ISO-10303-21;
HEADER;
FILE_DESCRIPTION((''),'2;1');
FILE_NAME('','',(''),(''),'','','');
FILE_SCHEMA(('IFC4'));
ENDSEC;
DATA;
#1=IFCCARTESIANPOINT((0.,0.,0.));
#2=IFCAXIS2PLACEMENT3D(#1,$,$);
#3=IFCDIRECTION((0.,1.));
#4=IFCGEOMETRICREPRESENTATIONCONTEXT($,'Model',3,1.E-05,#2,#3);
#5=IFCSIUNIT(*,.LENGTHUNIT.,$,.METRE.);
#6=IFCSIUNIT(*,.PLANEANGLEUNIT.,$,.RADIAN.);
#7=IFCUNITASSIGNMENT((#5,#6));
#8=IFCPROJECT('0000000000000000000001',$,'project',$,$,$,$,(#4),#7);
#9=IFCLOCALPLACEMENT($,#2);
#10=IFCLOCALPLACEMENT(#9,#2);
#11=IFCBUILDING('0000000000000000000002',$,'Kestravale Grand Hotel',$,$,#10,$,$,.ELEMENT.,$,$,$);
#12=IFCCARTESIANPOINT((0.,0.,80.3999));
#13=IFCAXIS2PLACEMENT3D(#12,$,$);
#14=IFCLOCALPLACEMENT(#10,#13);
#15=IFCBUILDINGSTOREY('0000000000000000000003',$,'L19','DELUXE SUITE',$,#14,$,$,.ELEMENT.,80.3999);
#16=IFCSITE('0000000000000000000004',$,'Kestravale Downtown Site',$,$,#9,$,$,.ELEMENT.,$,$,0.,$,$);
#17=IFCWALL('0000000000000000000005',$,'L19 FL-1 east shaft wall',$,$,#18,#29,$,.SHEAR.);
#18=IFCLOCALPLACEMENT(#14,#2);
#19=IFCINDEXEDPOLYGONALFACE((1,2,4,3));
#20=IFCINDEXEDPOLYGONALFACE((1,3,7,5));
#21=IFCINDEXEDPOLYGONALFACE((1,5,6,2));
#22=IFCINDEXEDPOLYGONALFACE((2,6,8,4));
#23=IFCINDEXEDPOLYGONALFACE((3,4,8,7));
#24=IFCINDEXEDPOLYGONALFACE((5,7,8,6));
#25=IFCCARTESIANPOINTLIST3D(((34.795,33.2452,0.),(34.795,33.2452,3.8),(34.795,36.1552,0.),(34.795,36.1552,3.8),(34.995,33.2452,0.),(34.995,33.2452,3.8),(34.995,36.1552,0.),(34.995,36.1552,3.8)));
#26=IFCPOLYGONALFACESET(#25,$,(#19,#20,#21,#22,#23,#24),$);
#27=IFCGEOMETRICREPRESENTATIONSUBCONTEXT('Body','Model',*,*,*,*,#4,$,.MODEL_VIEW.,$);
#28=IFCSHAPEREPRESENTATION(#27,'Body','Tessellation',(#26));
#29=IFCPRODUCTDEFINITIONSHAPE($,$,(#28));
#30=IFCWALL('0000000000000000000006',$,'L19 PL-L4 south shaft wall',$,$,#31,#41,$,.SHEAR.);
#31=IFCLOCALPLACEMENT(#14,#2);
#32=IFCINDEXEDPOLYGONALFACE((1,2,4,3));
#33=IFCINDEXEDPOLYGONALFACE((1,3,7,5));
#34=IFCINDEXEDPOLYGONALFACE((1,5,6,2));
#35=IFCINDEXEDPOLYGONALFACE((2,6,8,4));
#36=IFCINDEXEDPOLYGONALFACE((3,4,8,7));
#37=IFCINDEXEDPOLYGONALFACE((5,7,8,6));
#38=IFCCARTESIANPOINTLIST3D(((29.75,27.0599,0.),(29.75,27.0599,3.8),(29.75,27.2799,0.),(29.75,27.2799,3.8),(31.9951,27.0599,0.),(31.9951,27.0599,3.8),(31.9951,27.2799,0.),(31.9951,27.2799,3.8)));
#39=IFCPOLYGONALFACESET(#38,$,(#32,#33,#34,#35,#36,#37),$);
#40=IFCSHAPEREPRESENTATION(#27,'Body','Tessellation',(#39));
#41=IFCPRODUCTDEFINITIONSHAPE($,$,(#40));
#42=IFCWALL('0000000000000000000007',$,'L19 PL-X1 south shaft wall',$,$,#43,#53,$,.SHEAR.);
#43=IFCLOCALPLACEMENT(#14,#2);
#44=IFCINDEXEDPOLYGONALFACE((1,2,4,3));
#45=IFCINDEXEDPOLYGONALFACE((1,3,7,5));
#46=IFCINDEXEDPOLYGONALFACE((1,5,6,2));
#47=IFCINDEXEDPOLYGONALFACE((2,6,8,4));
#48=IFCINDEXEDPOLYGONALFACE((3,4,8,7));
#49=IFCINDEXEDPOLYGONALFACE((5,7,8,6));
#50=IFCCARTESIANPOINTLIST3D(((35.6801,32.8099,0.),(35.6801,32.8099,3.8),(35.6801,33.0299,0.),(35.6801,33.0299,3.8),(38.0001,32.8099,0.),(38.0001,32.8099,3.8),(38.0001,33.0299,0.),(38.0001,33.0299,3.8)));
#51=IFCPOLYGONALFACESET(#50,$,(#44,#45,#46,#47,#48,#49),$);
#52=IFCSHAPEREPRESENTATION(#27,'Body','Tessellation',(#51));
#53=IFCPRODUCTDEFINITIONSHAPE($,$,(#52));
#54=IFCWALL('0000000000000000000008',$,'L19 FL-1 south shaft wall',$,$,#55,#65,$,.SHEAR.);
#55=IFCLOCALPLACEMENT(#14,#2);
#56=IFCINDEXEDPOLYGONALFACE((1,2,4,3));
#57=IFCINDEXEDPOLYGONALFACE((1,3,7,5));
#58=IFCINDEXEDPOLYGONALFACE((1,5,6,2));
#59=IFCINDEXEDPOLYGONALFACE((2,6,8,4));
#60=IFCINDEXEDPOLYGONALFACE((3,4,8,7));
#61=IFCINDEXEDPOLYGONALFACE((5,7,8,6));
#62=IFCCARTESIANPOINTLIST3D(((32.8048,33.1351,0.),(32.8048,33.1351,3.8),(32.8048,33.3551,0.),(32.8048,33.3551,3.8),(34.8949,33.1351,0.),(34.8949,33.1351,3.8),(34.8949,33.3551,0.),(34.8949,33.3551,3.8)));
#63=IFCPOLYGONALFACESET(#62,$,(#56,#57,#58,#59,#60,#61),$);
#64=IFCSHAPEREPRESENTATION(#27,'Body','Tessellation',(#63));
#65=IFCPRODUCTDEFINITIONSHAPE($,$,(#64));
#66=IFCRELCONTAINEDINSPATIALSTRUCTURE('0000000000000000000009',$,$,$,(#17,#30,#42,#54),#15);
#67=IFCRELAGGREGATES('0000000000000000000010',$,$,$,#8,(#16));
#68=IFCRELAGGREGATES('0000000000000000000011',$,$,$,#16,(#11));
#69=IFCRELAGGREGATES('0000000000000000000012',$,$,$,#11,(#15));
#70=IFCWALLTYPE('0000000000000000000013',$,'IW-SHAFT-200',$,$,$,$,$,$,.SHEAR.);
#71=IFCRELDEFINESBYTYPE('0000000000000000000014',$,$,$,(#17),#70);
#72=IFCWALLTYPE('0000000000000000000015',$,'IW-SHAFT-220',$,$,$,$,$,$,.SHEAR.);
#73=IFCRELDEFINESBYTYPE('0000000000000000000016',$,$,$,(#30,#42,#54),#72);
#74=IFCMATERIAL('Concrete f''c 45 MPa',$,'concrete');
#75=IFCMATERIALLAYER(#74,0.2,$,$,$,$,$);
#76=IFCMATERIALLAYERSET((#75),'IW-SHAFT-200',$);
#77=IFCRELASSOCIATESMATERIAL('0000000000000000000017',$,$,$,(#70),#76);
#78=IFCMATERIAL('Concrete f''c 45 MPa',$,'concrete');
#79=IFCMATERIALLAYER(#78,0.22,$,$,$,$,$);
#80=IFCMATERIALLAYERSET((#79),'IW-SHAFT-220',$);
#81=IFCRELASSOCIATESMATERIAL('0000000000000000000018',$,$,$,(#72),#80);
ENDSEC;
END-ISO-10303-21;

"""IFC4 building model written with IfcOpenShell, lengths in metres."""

from ifc_helpers import new_model, si_unit, direction, frame, frame_2d, origin, place, context, subcontext, project, spatial, rectangle, extrude, material, layer, layer_set, type_object, element, save


model = new_model("IFC4")

# Units and contexts
model_context = context("Model", 3, precision=1e-05, world=origin(), true_north=direction((0.0, 1.0)))
body_context = subcontext(model_context, "Body", "Model", "MODEL_VIEW")
ifc_project = project(units=[si_unit("LENGTHUNIT", "METRE"), si_unit("PLANEANGLEUNIT", "RADIAN")], contexts=[model_context])

# Site, building, storey
site_placement = place(None, origin())
site = spatial("IfcSite", under=ifc_project, at=site_placement, Name="Kestravale Downtown Site", CompositionType="ELEMENT", RefElevation=0.0)
building_placement = place(site_placement, origin())
building = spatial("IfcBuilding", under=site, at=building_placement, Name="Kestravale Grand Hotel", CompositionType="ELEMENT")
storey_placement = place(building_placement, frame((0.0, 0.0, 80.3999)))
storey = spatial("IfcBuildingStorey", under=building, at=storey_placement, Name="L19", Description="DELUXE SUITE", CompositionType="ELEMENT", Elevation=80.3999)

# Wall
ifc_material_1 = material(Name="Concrete f'c 45 MPa", Category="concrete")
ifc_layer_1 = layer(ifc_material_1, 0.2)
ifc_layer_set_1 = layer_set([ifc_layer_1], Name="IW-SHAFT-200")
wall_type_1 = type_object("IfcWallType", Name="IW-SHAFT-200", PredefinedType="SHEAR", material=ifc_layer_set_1)
for number, where, z_axis, x_axis, name in (
    (1, (34.895, 33.2451, 0.0), (0.0, 0.0, 1.0), (0.0, 1.0, 0.0), "L19 FL-1 east shaft wall"),
):
    element("IfcWall", number, at=place(storey_placement, frame(where, z_axis=z_axis, x_axis=x_axis)), inside=storey, type_object=wall_type_1, Name=name, PredefinedType="SHEAR", context=body_context, shape_type="SweptSolid", body=[
        extrude(rectangle(XDim=2.9099, YDim=0.2, at=frame_2d((1.4551, 0.0))), origin(), (0.0, 0.0, 1.0), 3.8),
    ])

# Shared definitions
ifc_material_2 = material(Name="Concrete f'c 45 MPa", Category="concrete")
ifc_layer_2 = layer(ifc_material_2, 0.22)
ifc_layer_set_2 = layer_set([ifc_layer_2], Name="IW-SHAFT-220")
wall_type_2 = type_object("IfcWallType", Name="IW-SHAFT-220", PredefinedType="SHEAR", material=ifc_layer_set_2)

# Walls
wall_1_placement = place(storey_placement, frame((29.75, 27.1699, 0.0), z_axis=(0.0, 0.0, 1.0), x_axis=(1.0, 0.0, 0.0)))
element("IfcWall", 2, at=wall_1_placement, inside=storey, type_object=wall_type_2, Name="L19 PL-L4 south shaft wall", PredefinedType="SHEAR", context=body_context, shape_type="SweptSolid", body=[
    extrude(rectangle(XDim=2.2451, YDim=0.22, at=frame_2d((1.1226, 0.0))), origin(), (0.0, 0.0, 1.0), 3.8),
])
wall_2_placement = place(storey_placement, frame((35.6799, 32.9199, 0.0), z_axis=(0.0, 0.0, 1.0), x_axis=(1.0, 0.0, 0.0)))
element("IfcWall", 3, at=wall_2_placement, inside=storey, type_object=wall_type_2, Name="L19 PL-X1 south shaft wall", PredefinedType="SHEAR", context=body_context, shape_type="SweptSolid", body=[
    extrude(rectangle(XDim=2.3201, YDim=0.22, at=frame_2d((1.1602, 0.0))), origin(), (0.0, 0.0, 1.0), 3.8),
])
wall_3_placement = place(storey_placement, frame((32.8049, 33.2451, 0.0), z_axis=(0.0, 0.0, 1.0), x_axis=(1.0, 0.0, 0.0)))
element("IfcWall", 4, at=wall_3_placement, inside=storey, type_object=wall_type_2, Name="L19 FL-1 south shaft wall", PredefinedType="SHEAR", context=body_context, shape_type="SweptSolid", body=[
    extrude(rectangle(XDim=2.0901, YDim=0.22, at=frame_2d((1.0449, 0.0))), origin(), (0.0, 0.0, 1.0), 3.8),
])

save(model, "model.ifc")
